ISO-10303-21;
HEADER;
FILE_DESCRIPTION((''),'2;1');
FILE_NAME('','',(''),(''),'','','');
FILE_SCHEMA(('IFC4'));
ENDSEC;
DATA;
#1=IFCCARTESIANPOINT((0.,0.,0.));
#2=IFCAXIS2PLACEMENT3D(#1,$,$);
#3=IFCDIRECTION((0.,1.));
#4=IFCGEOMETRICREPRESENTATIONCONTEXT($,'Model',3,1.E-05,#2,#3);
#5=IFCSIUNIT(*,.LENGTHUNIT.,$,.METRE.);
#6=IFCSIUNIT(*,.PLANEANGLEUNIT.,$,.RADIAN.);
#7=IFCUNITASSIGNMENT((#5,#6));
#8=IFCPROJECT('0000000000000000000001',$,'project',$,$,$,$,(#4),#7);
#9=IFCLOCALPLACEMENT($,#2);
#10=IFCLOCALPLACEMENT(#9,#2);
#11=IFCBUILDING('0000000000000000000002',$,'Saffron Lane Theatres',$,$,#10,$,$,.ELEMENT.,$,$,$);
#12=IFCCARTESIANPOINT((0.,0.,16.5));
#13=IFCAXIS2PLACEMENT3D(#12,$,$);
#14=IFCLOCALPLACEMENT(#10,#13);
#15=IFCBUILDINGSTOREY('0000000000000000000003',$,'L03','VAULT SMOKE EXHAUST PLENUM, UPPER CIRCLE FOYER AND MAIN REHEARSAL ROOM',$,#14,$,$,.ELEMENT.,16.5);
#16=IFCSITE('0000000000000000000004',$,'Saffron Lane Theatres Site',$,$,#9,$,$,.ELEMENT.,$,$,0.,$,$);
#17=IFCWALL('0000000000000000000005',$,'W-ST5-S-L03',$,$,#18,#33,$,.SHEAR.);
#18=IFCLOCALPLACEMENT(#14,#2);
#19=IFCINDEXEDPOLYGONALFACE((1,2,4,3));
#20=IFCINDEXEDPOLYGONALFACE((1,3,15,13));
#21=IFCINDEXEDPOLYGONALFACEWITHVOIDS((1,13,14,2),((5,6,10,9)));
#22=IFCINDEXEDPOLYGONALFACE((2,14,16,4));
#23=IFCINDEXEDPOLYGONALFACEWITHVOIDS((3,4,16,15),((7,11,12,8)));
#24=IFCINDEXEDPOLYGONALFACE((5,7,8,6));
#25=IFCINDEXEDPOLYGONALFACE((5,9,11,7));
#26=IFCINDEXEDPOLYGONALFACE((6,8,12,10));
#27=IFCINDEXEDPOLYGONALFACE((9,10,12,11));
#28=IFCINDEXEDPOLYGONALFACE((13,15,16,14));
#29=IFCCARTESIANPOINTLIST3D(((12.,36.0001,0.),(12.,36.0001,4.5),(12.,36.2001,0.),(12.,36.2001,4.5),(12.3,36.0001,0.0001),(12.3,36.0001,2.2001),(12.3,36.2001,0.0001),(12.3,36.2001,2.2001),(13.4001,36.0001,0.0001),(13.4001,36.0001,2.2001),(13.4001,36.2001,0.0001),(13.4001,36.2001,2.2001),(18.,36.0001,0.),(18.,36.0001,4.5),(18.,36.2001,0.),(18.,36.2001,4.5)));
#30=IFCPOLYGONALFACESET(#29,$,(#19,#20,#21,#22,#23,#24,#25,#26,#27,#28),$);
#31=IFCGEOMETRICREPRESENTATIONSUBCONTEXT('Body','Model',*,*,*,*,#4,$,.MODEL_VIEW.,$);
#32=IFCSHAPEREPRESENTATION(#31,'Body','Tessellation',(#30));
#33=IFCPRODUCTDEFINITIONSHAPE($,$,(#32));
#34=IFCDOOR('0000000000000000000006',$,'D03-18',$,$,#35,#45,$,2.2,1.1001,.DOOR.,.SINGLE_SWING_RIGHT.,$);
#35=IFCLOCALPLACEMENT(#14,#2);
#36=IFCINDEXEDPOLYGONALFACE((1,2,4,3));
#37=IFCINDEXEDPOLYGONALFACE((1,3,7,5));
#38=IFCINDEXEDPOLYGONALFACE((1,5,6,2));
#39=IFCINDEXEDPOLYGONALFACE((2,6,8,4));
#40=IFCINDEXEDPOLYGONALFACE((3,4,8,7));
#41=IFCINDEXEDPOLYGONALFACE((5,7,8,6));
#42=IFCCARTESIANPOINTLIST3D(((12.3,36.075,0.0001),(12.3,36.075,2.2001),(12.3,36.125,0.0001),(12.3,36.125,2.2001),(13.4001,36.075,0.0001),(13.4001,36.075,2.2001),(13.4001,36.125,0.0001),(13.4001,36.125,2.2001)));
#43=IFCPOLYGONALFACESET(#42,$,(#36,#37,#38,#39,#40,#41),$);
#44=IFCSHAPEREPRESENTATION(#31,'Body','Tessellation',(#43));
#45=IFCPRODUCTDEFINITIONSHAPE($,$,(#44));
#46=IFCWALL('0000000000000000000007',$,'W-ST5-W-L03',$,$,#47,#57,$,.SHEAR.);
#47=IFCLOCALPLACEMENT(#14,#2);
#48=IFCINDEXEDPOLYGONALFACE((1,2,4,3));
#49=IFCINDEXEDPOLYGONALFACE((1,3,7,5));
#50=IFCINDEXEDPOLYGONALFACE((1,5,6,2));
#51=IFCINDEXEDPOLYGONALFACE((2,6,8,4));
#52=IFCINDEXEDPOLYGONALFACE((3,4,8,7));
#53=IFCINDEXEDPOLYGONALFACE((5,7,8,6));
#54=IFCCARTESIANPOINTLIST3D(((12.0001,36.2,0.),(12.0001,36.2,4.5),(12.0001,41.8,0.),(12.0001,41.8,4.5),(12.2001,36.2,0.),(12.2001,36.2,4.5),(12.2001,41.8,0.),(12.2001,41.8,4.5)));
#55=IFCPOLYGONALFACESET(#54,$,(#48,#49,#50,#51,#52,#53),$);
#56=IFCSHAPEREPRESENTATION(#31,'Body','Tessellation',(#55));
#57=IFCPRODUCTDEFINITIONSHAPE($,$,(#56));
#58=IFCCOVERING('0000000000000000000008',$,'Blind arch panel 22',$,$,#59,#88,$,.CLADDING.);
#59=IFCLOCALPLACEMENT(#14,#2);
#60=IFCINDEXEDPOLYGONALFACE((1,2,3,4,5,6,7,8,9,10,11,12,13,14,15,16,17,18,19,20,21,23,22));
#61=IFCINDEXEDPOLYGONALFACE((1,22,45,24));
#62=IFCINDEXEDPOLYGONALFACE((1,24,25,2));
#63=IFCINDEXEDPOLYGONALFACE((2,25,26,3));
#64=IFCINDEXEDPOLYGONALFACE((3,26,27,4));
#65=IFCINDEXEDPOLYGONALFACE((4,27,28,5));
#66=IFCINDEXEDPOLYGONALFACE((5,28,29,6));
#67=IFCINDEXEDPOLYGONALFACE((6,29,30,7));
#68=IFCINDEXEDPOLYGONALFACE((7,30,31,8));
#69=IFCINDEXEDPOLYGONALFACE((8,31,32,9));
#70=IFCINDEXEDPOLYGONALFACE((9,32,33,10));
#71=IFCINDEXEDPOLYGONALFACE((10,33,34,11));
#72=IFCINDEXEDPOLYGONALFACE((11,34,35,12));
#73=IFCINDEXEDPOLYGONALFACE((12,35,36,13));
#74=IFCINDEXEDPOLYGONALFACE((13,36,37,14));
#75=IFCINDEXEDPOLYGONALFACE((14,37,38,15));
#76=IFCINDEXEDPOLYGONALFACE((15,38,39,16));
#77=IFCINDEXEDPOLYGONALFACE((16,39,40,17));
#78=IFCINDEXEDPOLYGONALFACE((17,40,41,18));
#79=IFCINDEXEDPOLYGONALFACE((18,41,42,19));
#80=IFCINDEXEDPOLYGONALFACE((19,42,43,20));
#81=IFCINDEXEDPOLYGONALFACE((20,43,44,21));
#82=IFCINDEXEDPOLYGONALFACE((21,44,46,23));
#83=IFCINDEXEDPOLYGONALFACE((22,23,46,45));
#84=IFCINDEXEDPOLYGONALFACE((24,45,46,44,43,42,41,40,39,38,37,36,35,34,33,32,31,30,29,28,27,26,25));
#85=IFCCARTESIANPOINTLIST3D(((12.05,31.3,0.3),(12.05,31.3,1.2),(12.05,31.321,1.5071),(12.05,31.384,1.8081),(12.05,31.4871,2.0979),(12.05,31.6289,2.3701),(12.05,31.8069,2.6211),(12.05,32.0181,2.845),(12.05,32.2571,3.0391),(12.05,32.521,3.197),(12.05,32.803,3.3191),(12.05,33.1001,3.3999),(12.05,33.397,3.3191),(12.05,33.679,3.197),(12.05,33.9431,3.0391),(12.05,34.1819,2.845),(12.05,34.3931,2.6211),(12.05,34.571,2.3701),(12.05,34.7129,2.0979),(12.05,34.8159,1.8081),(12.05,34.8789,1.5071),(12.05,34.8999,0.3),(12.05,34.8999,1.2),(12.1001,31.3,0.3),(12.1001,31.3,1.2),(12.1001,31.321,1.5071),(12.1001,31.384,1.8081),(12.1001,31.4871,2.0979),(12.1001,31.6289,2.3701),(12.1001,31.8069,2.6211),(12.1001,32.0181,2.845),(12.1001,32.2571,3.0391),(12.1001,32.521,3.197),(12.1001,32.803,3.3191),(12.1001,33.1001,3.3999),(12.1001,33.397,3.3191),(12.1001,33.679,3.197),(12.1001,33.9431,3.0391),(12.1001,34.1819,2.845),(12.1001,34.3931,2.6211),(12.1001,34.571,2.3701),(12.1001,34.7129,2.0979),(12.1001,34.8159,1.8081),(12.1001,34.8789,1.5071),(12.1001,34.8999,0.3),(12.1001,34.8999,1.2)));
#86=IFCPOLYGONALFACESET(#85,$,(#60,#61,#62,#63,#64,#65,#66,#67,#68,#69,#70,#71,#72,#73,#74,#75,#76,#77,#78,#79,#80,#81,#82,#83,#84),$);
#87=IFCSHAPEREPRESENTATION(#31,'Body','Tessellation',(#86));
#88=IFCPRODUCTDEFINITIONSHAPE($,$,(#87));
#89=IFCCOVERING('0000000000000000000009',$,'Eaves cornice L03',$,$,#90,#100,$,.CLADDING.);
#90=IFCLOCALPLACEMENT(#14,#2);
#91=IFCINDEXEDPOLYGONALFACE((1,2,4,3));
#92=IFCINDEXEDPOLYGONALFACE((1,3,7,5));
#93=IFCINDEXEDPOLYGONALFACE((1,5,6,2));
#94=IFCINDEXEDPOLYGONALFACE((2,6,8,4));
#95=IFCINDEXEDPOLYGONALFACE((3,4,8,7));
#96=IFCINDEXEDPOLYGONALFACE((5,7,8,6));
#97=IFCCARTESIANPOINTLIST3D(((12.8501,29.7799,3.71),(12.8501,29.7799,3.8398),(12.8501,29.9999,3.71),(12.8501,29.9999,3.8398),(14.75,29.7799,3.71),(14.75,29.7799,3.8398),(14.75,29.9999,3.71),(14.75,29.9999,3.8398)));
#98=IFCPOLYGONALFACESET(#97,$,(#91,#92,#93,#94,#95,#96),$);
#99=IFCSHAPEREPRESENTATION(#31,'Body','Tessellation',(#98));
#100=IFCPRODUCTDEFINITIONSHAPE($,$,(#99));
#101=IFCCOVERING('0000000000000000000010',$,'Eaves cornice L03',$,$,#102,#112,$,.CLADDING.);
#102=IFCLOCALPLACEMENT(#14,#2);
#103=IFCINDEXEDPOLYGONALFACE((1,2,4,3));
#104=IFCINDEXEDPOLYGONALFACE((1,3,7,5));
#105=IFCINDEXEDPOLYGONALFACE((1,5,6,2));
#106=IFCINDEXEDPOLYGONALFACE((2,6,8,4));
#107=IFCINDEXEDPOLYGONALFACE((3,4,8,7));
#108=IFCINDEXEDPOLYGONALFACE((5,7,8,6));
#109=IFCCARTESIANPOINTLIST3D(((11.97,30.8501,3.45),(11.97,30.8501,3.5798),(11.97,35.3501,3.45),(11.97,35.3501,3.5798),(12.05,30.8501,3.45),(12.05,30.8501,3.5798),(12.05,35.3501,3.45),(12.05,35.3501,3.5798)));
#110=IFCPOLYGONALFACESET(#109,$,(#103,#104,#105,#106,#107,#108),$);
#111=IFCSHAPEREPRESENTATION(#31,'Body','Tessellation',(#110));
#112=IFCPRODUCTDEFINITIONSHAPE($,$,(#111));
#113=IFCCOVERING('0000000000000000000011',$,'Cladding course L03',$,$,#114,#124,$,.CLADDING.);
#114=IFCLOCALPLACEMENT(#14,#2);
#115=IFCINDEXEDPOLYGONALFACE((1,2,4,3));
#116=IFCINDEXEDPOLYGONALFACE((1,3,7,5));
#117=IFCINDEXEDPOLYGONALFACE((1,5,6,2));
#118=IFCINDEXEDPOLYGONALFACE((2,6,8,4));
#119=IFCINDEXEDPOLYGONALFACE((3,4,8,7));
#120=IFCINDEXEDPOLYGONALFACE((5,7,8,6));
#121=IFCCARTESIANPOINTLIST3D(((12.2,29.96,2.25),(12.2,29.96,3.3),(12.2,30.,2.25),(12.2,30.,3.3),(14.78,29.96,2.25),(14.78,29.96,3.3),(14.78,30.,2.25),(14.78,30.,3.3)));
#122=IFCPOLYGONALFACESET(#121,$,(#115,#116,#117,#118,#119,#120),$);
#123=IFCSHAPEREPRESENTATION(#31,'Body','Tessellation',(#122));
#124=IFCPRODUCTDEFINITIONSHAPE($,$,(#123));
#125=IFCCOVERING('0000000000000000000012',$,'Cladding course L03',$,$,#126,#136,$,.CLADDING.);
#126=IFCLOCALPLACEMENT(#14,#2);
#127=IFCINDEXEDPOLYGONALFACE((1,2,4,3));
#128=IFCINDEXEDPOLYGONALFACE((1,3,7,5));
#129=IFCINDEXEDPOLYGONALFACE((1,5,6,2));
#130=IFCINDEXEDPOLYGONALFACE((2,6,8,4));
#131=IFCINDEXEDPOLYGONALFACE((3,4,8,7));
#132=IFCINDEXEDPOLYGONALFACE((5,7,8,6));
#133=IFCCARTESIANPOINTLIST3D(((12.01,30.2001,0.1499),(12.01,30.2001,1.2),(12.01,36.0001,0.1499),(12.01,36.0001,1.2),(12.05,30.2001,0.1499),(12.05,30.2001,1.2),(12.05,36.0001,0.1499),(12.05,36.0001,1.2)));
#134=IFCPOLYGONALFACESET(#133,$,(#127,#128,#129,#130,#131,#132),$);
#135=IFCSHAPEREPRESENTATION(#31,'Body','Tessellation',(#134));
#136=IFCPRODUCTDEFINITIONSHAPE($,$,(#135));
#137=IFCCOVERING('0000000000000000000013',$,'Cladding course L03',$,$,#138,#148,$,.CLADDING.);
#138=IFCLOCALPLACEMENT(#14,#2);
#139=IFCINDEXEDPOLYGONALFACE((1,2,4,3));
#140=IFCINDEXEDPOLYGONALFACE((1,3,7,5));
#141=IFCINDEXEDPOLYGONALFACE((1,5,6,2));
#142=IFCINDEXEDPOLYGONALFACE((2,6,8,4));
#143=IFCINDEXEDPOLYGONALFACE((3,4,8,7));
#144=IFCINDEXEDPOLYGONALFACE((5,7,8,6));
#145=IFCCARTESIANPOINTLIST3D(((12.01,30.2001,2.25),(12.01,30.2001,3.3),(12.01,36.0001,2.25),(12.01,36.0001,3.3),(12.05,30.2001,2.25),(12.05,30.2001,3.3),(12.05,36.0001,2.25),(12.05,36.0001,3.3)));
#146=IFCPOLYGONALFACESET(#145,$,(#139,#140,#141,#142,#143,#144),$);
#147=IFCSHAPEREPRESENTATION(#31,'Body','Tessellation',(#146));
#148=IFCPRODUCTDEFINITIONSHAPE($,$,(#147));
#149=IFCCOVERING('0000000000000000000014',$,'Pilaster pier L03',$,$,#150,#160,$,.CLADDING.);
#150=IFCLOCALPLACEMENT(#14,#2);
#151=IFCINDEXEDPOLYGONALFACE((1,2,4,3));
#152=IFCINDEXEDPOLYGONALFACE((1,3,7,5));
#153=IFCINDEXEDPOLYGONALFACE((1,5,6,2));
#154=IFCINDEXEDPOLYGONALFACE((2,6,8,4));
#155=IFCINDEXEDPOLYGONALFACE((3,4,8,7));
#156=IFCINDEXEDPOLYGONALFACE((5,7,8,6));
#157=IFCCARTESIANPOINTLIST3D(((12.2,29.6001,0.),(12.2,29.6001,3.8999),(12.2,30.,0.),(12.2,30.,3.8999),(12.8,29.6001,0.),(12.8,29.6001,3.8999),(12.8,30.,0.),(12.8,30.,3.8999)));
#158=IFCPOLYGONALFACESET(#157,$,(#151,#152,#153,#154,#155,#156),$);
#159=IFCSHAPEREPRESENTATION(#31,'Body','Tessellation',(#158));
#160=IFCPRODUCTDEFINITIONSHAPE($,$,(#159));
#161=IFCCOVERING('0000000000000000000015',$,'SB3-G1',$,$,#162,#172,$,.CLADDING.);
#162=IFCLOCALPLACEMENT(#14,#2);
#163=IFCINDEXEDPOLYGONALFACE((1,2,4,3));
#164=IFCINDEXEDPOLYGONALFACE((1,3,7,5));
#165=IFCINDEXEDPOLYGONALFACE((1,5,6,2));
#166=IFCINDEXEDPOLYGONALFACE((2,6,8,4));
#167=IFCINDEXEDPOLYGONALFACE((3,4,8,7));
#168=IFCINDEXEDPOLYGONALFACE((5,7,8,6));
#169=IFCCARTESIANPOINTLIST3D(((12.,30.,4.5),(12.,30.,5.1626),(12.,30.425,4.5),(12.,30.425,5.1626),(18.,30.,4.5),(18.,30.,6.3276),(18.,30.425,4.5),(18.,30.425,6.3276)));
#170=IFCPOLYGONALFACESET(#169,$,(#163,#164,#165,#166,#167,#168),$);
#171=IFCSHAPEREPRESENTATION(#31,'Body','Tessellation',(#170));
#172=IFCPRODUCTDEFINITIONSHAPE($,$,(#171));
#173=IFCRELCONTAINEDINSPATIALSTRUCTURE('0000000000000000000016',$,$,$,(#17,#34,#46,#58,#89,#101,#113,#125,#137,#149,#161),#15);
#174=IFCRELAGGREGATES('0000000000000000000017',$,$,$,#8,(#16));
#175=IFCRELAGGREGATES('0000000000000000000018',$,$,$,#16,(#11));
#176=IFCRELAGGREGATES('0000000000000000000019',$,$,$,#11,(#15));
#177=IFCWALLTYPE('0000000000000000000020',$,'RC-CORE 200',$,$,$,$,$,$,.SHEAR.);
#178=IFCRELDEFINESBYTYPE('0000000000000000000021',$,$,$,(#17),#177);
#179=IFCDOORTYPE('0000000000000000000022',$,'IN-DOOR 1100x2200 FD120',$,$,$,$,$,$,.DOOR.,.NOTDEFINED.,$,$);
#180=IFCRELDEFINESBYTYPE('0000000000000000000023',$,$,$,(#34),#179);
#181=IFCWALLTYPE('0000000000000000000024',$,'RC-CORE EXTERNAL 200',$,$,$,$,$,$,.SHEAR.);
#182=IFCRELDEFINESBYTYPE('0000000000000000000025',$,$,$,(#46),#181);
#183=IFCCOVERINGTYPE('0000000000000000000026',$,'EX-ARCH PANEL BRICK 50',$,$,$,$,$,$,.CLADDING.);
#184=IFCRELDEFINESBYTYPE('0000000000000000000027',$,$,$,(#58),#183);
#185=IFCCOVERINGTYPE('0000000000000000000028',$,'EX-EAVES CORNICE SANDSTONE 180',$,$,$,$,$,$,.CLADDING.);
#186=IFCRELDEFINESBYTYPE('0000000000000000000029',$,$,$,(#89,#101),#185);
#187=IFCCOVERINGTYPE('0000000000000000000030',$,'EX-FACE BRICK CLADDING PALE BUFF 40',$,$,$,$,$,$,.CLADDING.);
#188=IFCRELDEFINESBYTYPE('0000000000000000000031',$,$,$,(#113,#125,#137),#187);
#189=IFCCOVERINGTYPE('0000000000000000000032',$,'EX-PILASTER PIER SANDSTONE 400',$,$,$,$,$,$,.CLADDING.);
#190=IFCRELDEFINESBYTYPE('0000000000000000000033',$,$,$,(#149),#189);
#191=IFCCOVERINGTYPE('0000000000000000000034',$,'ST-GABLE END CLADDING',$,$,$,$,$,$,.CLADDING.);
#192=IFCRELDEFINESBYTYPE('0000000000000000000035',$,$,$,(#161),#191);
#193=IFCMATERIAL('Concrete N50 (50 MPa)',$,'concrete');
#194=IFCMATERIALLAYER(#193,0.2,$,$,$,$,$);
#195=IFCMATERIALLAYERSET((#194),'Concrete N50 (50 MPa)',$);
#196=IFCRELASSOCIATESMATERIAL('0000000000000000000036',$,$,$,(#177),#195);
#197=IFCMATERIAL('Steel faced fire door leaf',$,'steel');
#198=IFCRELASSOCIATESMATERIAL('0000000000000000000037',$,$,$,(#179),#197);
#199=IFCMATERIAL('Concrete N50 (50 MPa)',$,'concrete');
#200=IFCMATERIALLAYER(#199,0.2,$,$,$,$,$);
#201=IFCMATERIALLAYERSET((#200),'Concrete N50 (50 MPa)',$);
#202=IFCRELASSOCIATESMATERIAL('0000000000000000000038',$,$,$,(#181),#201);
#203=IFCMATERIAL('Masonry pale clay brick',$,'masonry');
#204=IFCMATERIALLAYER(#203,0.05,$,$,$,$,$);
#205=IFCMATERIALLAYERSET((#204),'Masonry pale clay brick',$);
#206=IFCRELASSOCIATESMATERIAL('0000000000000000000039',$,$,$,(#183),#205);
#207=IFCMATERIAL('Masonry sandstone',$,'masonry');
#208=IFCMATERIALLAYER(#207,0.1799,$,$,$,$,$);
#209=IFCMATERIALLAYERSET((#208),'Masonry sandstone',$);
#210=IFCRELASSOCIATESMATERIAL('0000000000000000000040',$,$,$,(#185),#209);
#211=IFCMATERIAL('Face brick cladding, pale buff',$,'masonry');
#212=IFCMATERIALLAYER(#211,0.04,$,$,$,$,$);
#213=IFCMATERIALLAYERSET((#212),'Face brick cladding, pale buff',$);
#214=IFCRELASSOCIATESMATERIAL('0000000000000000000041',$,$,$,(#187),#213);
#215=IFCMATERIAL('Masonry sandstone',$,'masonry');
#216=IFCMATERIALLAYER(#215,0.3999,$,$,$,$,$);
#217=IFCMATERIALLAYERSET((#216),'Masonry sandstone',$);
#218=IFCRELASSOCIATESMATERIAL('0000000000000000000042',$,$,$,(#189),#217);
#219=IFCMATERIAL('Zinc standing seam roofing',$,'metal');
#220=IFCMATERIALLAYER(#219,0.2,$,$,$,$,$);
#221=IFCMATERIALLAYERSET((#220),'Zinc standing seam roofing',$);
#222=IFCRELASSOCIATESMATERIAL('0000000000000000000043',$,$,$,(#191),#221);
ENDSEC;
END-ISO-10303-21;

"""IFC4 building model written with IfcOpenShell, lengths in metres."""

from ifc_helpers import new_model, si_unit, direction, frame, frame_2d, origin, origin_2d, place, context, subcontext, project, spatial, polyline, rectangle, outline, extrude, material, layer, layer_set, type_object, element, fill, save


model = new_model("IFC4")

# Units and contexts
model_context = context("Model", 3, precision=1e-05, world=origin(), true_north=direction((0.0, 1.0)))
body_context = subcontext(model_context, "Body", "Model", "MODEL_VIEW")
ifc_project = project(units=[si_unit("LENGTHUNIT", "METRE"), si_unit("PLANEANGLEUNIT", "RADIAN")], contexts=[model_context])

# Site, building, storey
site_placement = place(None, origin())
site = spatial("IfcSite", under=ifc_project, at=site_placement, Name="Saffron Lane Theatres Site", CompositionType="ELEMENT", RefElevation=0.0)
building_placement = place(site_placement, origin())
building = spatial("IfcBuilding", under=site, at=building_placement, Name="Saffron Lane Theatres", CompositionType="ELEMENT")
storey_placement = place(building_placement, frame((0.0, 0.0, 16.5)))
storey = spatial("IfcBuildingStorey", under=building, at=storey_placement, Name="L03", Description="VAULT SMOKE EXHAUST PLENUM, UPPER CIRCLE FOYER AND MAIN REHEARSAL ROOM", CompositionType="ELEMENT", Elevation=16.5)

# Shared definitions
ifc_material_1 = material(Name="Masonry pale clay brick", Category="masonry")

# Wall, opening, door
ifc_material_2 = material(Name="Concrete N50 (50 MPa)", Category="concrete")
ifc_layer_1 = layer(ifc_material_2, 0.2)
ifc_layer_set_1 = layer_set([ifc_layer_1], Name="Concrete N50 (50 MPa)")
wall_type_1 = type_object("IfcWallType", Name="RC-CORE 200", PredefinedType="SHEAR", material=ifc_layer_set_1)
wall_1_placement = place(storey_placement, frame((12.0, 36.1001, 0.0), z_axis=(0.0, 0.0, 1.0), x_axis=(1.0, 0.0, 0.0)))
wall_1 = element("IfcWall", 1, at=wall_1_placement, inside=storey, type_object=wall_type_1, Name="W-ST5-S-L03", PredefinedType="SHEAR", context=body_context, shape_type="SweptSolid", body=[
    extrude(rectangle(XDim=6.0, YDim=0.2, at=frame_2d((3.0, 0.0))), origin(), (0.0, 0.0, 1.0), 4.5),
])
opening_placement = place(wall_1_placement, frame((0.3, 0.0, 0.0)))
opening = element("IfcOpeningElement", 2, at=opening_placement, cuts=wall_1, PredefinedType="OPENING", context=body_context, shape_type="SweptSolid", body=[
    extrude(rectangle(XDim=1.1001, YDim=2.2, at=frame_2d((0.55, 1.1001))), frame((0.0, 0.1099, 0.0), z_axis=(0.0, -1.0, 0.0), x_axis=(1.0, 0.0, 0.0)), (0.0, 0.0, 1.0), 0.22),
])
ifc_material_3 = material(Name="Steel faced fire door leaf", Category="steel")
door_type = type_object("IfcDoorType", Name="IN-DOOR 1100x2200 FD120", OperationType="NOTDEFINED", PredefinedType="DOOR", material=ifc_material_3)
door_placement = place(opening_placement, origin())
door = element("IfcDoor", 3, at=door_placement, inside=storey, type_object=door_type, Name="D03-18", OperationType="SINGLE_SWING_RIGHT", OverallHeight=2.2, OverallWidth=1.1001, PredefinedType="DOOR", context=body_context, shape_type="SweptSolid", body=[
    extrude(rectangle(XDim=1.1001, YDim=2.2, at=frame_2d((0.55, 1.1001))), frame((0.0, 0.0249, 0.0), z_axis=(0.0, -1.0, 0.0), x_axis=(1.0, 0.0, 0.0)), (0.0, 0.0, 1.0), 0.05),
])
fill(opening, door)

# Wall
ifc_material_4 = material(Name="Concrete N50 (50 MPa)", Category="concrete")
ifc_layer_2 = layer(ifc_material_4, 0.2)
ifc_layer_set_2 = layer_set([ifc_layer_2], Name="Concrete N50 (50 MPa)")
wall_type_2 = type_object("IfcWallType", Name="RC-CORE EXTERNAL 200", PredefinedType="SHEAR", material=ifc_layer_set_2)
wall_2_placement = place(storey_placement, frame((12.1001, 36.2, 0.0), z_axis=(0.0, 0.0, 1.0), x_axis=(0.0, 1.0, 0.0)))
element("IfcWall", 4, at=wall_2_placement, inside=storey, type_object=wall_type_2, Name="W-ST5-W-L03", PredefinedType="SHEAR", context=body_context, shape_type="SweptSolid", body=[
    extrude(rectangle(XDim=5.6001, YDim=0.2, at=frame_2d((2.8, 0.0))), origin(), (0.0, 0.0, 1.0), 4.5),
])

# Coverings
ifc_layer_3 = layer(ifc_material_1, 0.05)
ifc_layer_set_3 = layer_set([ifc_layer_3], Name="Masonry pale clay brick")
covering_type_1 = type_object("IfcCoveringType", Name="EX-ARCH PANEL BRICK 50", PredefinedType="CLADDING", material=ifc_layer_set_3)
covering_1_placement = place(storey_placement, frame((12.1001, 31.3, 1.2), z_axis=(1.0, 0.0, 0.0), x_axis=(0.0, 0.0, -1.0)))
element("IfcCovering", 5, at=covering_1_placement, inside=storey, type_object=covering_type_1, Name="Blind arch panel 22", PredefinedType="CLADDING", context=body_context, shape_type="SweptSolid", body=[
    extrude(outline(polyline([(0.0, 0.0), (0.8999, 0.0), (0.8999, 3.5999), (0.0, 3.5999), (-0.3071, 3.5789), (-0.6082, 3.5159), (-0.8979, 3.4128), (-1.1702, 3.271), (-1.4211, 3.093), (-1.645, 2.8818), (-1.8391, 2.6431), (-1.9971, 2.3789), (-2.1191, 2.0969), (-2.2, 1.8), (-2.1191, 1.5029), (-1.9971, 1.2209), (-1.8391, 0.957), (-1.645, 0.718), (-1.4211, 0.5068), (-1.1702, 0.3289), (-0.8979, 0.187), (-0.6082, 0.084), (-0.3071, 0.021), (0.0, 0.0)])), origin(), (0.0, 0.0, -1.0), 0.05),
])
ifc_material_5 = material(Name="Masonry sandstone", Category="masonry")
ifc_layer_4 = layer(ifc_material_5, 0.1799)
ifc_layer_set_4 = layer_set([ifc_layer_4], Name="Masonry sandstone")
covering_type_2 = type_object("IfcCoveringType", Name="EX-EAVES CORNICE SANDSTONE 180", PredefinedType="CLADDING", material=ifc_layer_set_4)
covering_2_placement = place(storey_placement, frame((13.8, 29.8899, 3.71), z_axis=(0.0, 0.0, 1.0), x_axis=(-1.0, 0.0, 0.0)))
element("IfcCovering", 6, at=covering_2_placement, inside=storey, type_object=covering_type_2, Name="Eaves cornice L03", PredefinedType="CLADDING", context=body_context, shape_type="SweptSolid", body=[
    extrude(rectangle(XDim=1.8999, YDim=0.22, at=origin_2d()), origin(), (0.0, 0.0, 1.0), 0.1299),
])
covering_3_placement = place(storey_placement, frame((12.01, 33.1001, 3.45), z_axis=(0.0, 0.0, 1.0), x_axis=(0.0, 1.0, 0.0)))
element("IfcCovering", 7, at=covering_3_placement, inside=storey, type_object=covering_type_2, Name="Eaves cornice L03", PredefinedType="CLADDING", context=body_context, shape_type="SweptSolid", body=[
    extrude(rectangle(XDim=4.5, YDim=0.0801, at=origin_2d()), origin(), (0.0, 0.0, 1.0), 0.1299),
])
ifc_material_6 = material(Name="Face brick cladding, pale buff", Category="masonry")
ifc_layer_5 = layer(ifc_material_6, 0.04)
ifc_layer_set_5 = layer_set([ifc_layer_5], Name="Face brick cladding, pale buff")
covering_type_3 = type_object("IfcCoveringType", Name="EX-FACE BRICK CLADDING PALE BUFF 40", PredefinedType="CLADDING", material=ifc_layer_set_5)
covering_4_placement = place(storey_placement, frame((13.49, 29.98, 2.25), z_axis=(0.0, 0.0, 1.0), x_axis=(-1.0, 0.0, 0.0)))
element("IfcCovering", 8, at=covering_4_placement, inside=storey, type_object=covering_type_3, Name="Cladding course L03", PredefinedType="CLADDING", context=body_context, shape_type="SweptSolid", body=[
    extrude(rectangle(XDim=2.5801, YDim=0.04, at=origin_2d()), origin(), (0.0, 0.0, 1.0), 1.05),
])
for number, where, z_axis, x_axis, name in (
    (9, (12.03, 33.1001, 0.1499), (0.0, 0.0, 1.0), (0.0, 1.0, 0.0), "Cladding course L03"),
    (10, (12.03, 33.1001, 2.25), (0.0, 0.0, 1.0), (0.0, 1.0, 0.0), "Cladding course L03"),
):
    element("IfcCovering", number, at=place(storey_placement, frame(where, z_axis=z_axis, x_axis=x_axis)), inside=storey, type_object=covering_type_3, Name=name, PredefinedType="CLADDING", context=body_context, shape_type="SweptSolid", body=[
        extrude(rectangle(XDim=5.8, YDim=0.04, at=origin_2d()), origin(), (0.0, 0.0, 1.0), 1.05),
    ])
ifc_material_7 = material(Name="Masonry sandstone", Category="masonry")
ifc_layer_6 = layer(ifc_material_7, 0.3999)
ifc_layer_set_6 = layer_set([ifc_layer_6], Name="Masonry sandstone")
covering_type_4 = type_object("IfcCoveringType", Name="EX-PILASTER PIER SANDSTONE 400", PredefinedType="CLADDING", material=ifc_layer_set_6)
covering_5_placement = place(storey_placement, frame((12.5, 29.8, 0.0), z_axis=(0.0, 0.0, 1.0), x_axis=(-1.0, 0.0, 0.0)))
element("IfcCovering", 11, at=covering_5_placement, inside=storey, type_object=covering_type_4, Name="Pilaster pier L03", PredefinedType="CLADDING", context=body_context, shape_type="SweptSolid", body=[
    extrude(rectangle(XDim=0.6001, YDim=0.3999, at=origin_2d()), origin(), (0.0, 0.0, 1.0), 3.8999),
])
ifc_material_8 = material(Name="Zinc standing seam roofing", Category="metal")
ifc_layer_7 = layer(ifc_material_8, 0.2)
ifc_layer_set_7 = layer_set([ifc_layer_7], Name="Zinc standing seam roofing")
covering_type_5 = type_object("IfcCoveringType", Name="ST-GABLE END CLADDING", PredefinedType="CLADDING", material=ifc_layer_set_7)
covering_6_placement = place(storey_placement, frame((12.0, 30.0, 4.5), z_axis=(0.0, -1.0, 0.0), x_axis=(1.0, 0.0, 0.0)))
element("IfcCovering", 12, at=covering_6_placement, inside=storey, type_object=covering_type_5, Name="SB3-G1", PredefinedType="CLADDING", context=body_context, shape_type="SweptSolid", body=[
    extrude(outline(polyline([(0.0, 0.0), (6.0, 0.0), (6.0, 1.8276), (0.0, 0.6626), (0.0, 0.0)])), origin(), (0.0, 0.0, -1.0), 0.425),
])

save(model, "model.ifc")
